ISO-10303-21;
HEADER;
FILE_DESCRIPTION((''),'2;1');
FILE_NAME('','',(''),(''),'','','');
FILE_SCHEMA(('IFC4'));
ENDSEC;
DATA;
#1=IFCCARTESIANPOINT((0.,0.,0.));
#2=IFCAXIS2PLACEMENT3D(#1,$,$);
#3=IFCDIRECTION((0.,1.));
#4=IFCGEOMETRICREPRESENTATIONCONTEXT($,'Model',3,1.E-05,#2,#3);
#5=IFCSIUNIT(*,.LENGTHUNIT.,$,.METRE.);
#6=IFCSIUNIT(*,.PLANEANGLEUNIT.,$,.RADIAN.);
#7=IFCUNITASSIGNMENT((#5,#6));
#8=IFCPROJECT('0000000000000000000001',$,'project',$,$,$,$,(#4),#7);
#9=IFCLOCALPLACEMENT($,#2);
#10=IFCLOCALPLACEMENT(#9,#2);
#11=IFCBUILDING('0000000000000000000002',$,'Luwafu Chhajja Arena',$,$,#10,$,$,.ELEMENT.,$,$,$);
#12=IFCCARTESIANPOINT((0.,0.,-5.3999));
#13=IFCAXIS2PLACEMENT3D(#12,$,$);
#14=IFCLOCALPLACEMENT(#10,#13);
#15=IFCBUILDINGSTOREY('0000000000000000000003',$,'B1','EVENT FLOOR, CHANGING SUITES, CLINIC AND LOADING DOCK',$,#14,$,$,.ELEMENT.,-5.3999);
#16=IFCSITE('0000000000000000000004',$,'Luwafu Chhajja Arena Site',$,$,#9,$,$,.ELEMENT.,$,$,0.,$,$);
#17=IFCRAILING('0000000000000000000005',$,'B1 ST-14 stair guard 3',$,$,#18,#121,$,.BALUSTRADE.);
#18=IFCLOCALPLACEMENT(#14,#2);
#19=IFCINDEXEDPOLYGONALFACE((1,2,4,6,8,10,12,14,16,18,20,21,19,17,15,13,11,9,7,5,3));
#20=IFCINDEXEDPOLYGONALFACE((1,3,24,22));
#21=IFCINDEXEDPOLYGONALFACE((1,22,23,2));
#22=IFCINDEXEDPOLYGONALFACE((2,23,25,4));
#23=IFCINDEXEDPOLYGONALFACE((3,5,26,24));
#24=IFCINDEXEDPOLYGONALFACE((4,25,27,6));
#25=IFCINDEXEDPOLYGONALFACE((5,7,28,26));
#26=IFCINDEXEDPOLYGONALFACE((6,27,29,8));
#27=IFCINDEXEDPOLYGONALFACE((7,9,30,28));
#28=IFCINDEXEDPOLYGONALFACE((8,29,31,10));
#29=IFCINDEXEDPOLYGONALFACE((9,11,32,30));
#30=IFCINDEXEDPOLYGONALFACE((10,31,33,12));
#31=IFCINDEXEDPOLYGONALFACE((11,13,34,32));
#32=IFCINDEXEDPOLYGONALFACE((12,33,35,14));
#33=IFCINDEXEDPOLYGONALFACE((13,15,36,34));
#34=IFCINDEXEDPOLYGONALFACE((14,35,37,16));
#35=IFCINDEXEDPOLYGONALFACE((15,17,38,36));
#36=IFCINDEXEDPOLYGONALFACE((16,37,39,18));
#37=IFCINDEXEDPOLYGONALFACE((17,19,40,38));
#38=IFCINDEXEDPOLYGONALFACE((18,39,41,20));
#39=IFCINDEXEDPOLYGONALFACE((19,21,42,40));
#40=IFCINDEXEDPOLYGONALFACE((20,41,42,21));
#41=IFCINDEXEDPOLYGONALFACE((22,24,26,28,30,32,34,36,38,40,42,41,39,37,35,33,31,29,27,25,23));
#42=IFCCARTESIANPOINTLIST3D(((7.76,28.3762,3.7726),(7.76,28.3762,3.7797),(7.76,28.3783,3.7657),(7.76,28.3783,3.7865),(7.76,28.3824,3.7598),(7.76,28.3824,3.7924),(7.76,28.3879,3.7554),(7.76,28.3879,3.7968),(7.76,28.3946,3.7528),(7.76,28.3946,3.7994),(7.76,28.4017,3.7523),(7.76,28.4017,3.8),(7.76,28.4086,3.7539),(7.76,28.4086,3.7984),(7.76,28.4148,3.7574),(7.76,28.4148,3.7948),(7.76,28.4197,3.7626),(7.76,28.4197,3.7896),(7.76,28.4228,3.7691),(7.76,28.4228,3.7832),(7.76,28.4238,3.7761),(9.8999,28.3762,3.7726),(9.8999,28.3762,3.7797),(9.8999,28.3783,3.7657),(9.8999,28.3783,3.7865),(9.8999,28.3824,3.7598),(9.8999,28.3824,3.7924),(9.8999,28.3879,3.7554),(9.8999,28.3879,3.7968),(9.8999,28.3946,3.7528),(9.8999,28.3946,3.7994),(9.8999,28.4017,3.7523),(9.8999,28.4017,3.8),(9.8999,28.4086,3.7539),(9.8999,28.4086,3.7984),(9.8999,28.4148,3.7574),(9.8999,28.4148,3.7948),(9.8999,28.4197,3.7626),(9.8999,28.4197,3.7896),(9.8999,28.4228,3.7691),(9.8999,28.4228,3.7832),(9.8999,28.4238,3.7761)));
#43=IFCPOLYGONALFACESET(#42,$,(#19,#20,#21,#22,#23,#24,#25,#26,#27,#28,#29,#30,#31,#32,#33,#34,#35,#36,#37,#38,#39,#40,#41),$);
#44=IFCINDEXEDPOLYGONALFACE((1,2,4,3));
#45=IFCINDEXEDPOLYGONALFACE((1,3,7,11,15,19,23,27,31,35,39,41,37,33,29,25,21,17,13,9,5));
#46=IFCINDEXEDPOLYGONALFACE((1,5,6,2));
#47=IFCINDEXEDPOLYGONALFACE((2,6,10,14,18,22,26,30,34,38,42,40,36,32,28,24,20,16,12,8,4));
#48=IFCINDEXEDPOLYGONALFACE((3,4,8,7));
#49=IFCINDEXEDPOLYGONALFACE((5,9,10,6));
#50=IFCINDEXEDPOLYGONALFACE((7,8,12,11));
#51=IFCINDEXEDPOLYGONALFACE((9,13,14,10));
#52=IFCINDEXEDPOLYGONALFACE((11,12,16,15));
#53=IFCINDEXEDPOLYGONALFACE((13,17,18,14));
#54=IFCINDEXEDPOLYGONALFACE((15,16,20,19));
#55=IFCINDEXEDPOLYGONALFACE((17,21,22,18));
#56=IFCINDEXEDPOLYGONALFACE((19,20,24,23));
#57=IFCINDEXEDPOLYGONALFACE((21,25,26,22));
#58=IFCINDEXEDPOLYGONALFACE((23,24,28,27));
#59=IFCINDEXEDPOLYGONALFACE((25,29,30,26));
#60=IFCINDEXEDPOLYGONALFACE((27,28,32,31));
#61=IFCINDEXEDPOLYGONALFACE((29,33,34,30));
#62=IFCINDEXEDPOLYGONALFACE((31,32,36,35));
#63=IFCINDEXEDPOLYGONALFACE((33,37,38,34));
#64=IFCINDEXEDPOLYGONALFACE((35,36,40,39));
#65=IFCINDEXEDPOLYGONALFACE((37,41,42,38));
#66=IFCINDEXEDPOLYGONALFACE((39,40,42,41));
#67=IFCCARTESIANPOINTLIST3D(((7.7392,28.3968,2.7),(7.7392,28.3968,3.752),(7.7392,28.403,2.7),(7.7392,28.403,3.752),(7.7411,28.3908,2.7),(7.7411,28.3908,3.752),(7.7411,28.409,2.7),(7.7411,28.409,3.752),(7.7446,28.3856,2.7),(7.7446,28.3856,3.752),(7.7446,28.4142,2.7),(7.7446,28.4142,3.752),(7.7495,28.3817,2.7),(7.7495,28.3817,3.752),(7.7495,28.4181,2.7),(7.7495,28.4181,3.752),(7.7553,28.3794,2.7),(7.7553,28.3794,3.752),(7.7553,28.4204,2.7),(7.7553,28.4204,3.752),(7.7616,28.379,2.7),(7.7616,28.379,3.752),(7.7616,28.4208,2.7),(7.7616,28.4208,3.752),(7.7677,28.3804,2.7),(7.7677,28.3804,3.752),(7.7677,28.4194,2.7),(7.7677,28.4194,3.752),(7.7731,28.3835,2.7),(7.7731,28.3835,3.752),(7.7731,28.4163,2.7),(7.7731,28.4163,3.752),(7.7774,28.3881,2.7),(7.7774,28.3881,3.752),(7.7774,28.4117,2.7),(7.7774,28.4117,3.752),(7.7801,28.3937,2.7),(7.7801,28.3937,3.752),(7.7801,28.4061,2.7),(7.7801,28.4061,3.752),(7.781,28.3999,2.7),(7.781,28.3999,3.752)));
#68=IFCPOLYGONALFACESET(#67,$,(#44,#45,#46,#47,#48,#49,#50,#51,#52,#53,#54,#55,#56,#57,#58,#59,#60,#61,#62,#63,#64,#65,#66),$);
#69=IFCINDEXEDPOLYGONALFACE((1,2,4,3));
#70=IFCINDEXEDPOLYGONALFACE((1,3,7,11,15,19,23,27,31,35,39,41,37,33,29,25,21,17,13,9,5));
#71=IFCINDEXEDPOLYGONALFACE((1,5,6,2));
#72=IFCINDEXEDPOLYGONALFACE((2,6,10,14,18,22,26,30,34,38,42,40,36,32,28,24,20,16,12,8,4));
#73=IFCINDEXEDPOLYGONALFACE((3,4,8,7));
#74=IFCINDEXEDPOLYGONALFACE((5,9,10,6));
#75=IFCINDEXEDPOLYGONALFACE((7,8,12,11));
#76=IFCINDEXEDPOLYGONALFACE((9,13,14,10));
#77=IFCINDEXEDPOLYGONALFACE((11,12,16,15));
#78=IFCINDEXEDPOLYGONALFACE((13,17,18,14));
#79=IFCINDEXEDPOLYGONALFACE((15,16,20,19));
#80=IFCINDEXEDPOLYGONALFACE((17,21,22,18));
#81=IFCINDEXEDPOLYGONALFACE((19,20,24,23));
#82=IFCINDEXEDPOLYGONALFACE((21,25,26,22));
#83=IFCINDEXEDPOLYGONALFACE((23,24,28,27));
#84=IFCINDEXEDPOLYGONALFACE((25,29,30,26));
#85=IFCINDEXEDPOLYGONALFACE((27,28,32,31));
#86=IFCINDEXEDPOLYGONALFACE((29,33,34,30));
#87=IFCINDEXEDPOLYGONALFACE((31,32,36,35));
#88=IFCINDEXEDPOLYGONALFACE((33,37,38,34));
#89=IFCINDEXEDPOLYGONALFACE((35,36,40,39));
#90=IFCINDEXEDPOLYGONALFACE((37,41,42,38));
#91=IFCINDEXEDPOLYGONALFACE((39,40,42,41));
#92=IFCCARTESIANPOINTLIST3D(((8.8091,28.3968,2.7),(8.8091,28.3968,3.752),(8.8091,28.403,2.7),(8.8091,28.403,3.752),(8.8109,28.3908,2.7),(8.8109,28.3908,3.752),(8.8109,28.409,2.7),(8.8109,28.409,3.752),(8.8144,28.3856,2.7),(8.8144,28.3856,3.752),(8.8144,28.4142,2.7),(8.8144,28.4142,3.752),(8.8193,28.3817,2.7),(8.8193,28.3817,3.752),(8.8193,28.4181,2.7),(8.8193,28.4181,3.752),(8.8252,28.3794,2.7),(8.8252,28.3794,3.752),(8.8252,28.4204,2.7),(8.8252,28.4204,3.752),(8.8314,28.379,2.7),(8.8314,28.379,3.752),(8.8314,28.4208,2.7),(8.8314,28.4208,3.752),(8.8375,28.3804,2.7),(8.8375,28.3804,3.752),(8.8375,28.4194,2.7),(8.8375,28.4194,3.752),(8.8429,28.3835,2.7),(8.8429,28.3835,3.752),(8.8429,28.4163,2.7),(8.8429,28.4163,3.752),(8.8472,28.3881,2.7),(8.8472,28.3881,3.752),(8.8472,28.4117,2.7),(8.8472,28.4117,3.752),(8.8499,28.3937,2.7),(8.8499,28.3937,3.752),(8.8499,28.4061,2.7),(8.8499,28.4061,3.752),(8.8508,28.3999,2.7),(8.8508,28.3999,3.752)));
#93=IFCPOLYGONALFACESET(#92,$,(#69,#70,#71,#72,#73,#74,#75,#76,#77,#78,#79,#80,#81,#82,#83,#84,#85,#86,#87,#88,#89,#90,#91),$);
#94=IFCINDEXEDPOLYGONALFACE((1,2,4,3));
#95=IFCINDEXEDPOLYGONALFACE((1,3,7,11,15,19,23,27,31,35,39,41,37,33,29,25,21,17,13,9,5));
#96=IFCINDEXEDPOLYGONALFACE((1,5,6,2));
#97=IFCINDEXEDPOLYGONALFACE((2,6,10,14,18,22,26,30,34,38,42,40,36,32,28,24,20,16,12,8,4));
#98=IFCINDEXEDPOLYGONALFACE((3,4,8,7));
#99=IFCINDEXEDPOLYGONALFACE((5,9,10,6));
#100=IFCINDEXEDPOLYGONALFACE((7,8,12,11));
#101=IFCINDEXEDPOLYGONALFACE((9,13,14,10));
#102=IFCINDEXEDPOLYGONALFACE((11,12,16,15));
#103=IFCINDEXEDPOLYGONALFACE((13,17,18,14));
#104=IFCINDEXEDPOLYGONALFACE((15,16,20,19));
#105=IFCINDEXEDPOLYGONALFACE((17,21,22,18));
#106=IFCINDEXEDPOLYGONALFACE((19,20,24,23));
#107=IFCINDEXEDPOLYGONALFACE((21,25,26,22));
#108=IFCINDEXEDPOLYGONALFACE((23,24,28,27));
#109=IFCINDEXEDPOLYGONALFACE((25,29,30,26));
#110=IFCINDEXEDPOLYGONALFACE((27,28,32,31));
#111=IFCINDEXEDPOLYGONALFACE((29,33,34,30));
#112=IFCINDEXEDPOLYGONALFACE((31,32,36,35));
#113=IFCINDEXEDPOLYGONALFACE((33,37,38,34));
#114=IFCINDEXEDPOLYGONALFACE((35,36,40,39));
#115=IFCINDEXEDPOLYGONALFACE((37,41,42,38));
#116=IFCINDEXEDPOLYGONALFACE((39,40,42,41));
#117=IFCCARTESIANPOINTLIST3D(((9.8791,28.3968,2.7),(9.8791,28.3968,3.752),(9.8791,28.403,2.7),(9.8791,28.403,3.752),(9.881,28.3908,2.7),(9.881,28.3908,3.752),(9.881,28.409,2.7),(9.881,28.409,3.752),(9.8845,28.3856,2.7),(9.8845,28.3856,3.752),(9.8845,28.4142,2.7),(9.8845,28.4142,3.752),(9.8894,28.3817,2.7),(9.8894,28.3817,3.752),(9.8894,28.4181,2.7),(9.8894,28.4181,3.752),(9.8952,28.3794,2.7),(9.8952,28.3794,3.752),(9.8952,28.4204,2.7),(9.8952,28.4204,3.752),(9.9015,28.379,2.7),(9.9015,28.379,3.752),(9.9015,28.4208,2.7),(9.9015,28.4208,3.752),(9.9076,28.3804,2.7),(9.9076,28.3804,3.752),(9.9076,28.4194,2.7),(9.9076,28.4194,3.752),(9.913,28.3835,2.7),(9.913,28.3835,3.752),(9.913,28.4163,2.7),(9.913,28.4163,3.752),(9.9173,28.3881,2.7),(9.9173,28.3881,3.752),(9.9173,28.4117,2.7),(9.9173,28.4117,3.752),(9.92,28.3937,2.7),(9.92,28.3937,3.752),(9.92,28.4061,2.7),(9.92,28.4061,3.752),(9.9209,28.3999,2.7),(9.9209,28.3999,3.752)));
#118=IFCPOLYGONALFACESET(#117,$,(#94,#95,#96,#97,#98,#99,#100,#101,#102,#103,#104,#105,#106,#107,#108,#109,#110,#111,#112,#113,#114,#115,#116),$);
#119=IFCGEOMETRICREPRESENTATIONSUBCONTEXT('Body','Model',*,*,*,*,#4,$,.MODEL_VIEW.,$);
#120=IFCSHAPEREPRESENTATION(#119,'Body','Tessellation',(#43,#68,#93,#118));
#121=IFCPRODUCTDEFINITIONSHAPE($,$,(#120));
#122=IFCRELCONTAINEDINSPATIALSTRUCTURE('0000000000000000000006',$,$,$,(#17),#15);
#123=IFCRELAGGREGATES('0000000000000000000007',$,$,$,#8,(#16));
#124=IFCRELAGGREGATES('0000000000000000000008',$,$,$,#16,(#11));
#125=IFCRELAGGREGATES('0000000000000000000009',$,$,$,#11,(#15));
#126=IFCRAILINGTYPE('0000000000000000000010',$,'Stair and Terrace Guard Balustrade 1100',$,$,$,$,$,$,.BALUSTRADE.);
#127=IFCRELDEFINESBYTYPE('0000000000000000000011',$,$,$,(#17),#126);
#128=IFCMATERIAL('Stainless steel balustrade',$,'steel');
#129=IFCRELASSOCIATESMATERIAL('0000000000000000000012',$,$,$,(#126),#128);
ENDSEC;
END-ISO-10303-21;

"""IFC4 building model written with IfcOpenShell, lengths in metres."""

from ifc_helpers import new_model, si_unit, direction, frame, origin, origin_2d, place, context, subcontext, project, spatial, circle, extrude, material, type_object, element, save


model = new_model("IFC4")

# Units and contexts
model_context = context("Model", 3, precision=1e-05, world=origin(), true_north=direction((0.0, 1.0)))
body_context = subcontext(model_context, "Body", "Model", "MODEL_VIEW")
ifc_project = project(units=[si_unit("LENGTHUNIT", "METRE"), si_unit("PLANEANGLEUNIT", "RADIAN")], contexts=[model_context])

# Site, building, storey
site_placement = place(None, origin())
site = spatial("IfcSite", under=ifc_project, at=site_placement, Name="Luwafu Chhajja Arena Site", CompositionType="ELEMENT", RefElevation=0.0)
building_placement = place(site_placement, origin())
building = spatial("IfcBuilding", under=site, at=building_placement, Name="Luwafu Chhajja Arena", CompositionType="ELEMENT")
storey_placement = place(building_placement, frame((0.0, 0.0, -5.3999)))
storey = spatial("IfcBuildingStorey", under=building, at=storey_placement, Name="B1", Description="EVENT FLOOR, CHANGING SUITES, CLINIC AND LOADING DOCK", CompositionType="ELEMENT", Elevation=-5.3999)

# Railing
ifc_material_1 = material(Name="Stainless steel balustrade", Category="steel")
railing_type_1 = type_object("IfcRailingType", Name="Stair and Terrace Guard Balustrade 1100", PredefinedType="BALUSTRADE", material=ifc_material_1)
railing_1_placement = place(storey_placement, frame((7.76, 28.3999, 2.7)))
element("IfcRailing", 1, at=railing_1_placement, inside=storey, type_object=railing_type_1, Name="B1 ST-14 stair guard 3", PredefinedType="BALUSTRADE", context=body_context, shape_type="SweptSolid", body=[
    extrude(circle(Radius=0.0239, at=origin_2d()), frame((0.0, 0.0, 1.0762), z_axis=(1.0, 0.0, 0.0), x_axis=(0.0, 1.0, 0.0)), (0.0, 0.0, 1.0), 2.1399),
    extrude(circle(Radius=0.021, at=origin_2d()), origin(), (0.0, 0.0, 1.0), 1.052),
    extrude(circle(Radius=0.021, at=origin_2d()), frame((1.0698, 0.0, 0.0)), (0.0, 0.0, 1.0), 1.052),
    extrude(circle(Radius=0.021, at=origin_2d()), frame((2.1399, 0.0, 0.0)), (0.0, 0.0, 1.0), 1.052),
])

save(model, "model.ifc")
